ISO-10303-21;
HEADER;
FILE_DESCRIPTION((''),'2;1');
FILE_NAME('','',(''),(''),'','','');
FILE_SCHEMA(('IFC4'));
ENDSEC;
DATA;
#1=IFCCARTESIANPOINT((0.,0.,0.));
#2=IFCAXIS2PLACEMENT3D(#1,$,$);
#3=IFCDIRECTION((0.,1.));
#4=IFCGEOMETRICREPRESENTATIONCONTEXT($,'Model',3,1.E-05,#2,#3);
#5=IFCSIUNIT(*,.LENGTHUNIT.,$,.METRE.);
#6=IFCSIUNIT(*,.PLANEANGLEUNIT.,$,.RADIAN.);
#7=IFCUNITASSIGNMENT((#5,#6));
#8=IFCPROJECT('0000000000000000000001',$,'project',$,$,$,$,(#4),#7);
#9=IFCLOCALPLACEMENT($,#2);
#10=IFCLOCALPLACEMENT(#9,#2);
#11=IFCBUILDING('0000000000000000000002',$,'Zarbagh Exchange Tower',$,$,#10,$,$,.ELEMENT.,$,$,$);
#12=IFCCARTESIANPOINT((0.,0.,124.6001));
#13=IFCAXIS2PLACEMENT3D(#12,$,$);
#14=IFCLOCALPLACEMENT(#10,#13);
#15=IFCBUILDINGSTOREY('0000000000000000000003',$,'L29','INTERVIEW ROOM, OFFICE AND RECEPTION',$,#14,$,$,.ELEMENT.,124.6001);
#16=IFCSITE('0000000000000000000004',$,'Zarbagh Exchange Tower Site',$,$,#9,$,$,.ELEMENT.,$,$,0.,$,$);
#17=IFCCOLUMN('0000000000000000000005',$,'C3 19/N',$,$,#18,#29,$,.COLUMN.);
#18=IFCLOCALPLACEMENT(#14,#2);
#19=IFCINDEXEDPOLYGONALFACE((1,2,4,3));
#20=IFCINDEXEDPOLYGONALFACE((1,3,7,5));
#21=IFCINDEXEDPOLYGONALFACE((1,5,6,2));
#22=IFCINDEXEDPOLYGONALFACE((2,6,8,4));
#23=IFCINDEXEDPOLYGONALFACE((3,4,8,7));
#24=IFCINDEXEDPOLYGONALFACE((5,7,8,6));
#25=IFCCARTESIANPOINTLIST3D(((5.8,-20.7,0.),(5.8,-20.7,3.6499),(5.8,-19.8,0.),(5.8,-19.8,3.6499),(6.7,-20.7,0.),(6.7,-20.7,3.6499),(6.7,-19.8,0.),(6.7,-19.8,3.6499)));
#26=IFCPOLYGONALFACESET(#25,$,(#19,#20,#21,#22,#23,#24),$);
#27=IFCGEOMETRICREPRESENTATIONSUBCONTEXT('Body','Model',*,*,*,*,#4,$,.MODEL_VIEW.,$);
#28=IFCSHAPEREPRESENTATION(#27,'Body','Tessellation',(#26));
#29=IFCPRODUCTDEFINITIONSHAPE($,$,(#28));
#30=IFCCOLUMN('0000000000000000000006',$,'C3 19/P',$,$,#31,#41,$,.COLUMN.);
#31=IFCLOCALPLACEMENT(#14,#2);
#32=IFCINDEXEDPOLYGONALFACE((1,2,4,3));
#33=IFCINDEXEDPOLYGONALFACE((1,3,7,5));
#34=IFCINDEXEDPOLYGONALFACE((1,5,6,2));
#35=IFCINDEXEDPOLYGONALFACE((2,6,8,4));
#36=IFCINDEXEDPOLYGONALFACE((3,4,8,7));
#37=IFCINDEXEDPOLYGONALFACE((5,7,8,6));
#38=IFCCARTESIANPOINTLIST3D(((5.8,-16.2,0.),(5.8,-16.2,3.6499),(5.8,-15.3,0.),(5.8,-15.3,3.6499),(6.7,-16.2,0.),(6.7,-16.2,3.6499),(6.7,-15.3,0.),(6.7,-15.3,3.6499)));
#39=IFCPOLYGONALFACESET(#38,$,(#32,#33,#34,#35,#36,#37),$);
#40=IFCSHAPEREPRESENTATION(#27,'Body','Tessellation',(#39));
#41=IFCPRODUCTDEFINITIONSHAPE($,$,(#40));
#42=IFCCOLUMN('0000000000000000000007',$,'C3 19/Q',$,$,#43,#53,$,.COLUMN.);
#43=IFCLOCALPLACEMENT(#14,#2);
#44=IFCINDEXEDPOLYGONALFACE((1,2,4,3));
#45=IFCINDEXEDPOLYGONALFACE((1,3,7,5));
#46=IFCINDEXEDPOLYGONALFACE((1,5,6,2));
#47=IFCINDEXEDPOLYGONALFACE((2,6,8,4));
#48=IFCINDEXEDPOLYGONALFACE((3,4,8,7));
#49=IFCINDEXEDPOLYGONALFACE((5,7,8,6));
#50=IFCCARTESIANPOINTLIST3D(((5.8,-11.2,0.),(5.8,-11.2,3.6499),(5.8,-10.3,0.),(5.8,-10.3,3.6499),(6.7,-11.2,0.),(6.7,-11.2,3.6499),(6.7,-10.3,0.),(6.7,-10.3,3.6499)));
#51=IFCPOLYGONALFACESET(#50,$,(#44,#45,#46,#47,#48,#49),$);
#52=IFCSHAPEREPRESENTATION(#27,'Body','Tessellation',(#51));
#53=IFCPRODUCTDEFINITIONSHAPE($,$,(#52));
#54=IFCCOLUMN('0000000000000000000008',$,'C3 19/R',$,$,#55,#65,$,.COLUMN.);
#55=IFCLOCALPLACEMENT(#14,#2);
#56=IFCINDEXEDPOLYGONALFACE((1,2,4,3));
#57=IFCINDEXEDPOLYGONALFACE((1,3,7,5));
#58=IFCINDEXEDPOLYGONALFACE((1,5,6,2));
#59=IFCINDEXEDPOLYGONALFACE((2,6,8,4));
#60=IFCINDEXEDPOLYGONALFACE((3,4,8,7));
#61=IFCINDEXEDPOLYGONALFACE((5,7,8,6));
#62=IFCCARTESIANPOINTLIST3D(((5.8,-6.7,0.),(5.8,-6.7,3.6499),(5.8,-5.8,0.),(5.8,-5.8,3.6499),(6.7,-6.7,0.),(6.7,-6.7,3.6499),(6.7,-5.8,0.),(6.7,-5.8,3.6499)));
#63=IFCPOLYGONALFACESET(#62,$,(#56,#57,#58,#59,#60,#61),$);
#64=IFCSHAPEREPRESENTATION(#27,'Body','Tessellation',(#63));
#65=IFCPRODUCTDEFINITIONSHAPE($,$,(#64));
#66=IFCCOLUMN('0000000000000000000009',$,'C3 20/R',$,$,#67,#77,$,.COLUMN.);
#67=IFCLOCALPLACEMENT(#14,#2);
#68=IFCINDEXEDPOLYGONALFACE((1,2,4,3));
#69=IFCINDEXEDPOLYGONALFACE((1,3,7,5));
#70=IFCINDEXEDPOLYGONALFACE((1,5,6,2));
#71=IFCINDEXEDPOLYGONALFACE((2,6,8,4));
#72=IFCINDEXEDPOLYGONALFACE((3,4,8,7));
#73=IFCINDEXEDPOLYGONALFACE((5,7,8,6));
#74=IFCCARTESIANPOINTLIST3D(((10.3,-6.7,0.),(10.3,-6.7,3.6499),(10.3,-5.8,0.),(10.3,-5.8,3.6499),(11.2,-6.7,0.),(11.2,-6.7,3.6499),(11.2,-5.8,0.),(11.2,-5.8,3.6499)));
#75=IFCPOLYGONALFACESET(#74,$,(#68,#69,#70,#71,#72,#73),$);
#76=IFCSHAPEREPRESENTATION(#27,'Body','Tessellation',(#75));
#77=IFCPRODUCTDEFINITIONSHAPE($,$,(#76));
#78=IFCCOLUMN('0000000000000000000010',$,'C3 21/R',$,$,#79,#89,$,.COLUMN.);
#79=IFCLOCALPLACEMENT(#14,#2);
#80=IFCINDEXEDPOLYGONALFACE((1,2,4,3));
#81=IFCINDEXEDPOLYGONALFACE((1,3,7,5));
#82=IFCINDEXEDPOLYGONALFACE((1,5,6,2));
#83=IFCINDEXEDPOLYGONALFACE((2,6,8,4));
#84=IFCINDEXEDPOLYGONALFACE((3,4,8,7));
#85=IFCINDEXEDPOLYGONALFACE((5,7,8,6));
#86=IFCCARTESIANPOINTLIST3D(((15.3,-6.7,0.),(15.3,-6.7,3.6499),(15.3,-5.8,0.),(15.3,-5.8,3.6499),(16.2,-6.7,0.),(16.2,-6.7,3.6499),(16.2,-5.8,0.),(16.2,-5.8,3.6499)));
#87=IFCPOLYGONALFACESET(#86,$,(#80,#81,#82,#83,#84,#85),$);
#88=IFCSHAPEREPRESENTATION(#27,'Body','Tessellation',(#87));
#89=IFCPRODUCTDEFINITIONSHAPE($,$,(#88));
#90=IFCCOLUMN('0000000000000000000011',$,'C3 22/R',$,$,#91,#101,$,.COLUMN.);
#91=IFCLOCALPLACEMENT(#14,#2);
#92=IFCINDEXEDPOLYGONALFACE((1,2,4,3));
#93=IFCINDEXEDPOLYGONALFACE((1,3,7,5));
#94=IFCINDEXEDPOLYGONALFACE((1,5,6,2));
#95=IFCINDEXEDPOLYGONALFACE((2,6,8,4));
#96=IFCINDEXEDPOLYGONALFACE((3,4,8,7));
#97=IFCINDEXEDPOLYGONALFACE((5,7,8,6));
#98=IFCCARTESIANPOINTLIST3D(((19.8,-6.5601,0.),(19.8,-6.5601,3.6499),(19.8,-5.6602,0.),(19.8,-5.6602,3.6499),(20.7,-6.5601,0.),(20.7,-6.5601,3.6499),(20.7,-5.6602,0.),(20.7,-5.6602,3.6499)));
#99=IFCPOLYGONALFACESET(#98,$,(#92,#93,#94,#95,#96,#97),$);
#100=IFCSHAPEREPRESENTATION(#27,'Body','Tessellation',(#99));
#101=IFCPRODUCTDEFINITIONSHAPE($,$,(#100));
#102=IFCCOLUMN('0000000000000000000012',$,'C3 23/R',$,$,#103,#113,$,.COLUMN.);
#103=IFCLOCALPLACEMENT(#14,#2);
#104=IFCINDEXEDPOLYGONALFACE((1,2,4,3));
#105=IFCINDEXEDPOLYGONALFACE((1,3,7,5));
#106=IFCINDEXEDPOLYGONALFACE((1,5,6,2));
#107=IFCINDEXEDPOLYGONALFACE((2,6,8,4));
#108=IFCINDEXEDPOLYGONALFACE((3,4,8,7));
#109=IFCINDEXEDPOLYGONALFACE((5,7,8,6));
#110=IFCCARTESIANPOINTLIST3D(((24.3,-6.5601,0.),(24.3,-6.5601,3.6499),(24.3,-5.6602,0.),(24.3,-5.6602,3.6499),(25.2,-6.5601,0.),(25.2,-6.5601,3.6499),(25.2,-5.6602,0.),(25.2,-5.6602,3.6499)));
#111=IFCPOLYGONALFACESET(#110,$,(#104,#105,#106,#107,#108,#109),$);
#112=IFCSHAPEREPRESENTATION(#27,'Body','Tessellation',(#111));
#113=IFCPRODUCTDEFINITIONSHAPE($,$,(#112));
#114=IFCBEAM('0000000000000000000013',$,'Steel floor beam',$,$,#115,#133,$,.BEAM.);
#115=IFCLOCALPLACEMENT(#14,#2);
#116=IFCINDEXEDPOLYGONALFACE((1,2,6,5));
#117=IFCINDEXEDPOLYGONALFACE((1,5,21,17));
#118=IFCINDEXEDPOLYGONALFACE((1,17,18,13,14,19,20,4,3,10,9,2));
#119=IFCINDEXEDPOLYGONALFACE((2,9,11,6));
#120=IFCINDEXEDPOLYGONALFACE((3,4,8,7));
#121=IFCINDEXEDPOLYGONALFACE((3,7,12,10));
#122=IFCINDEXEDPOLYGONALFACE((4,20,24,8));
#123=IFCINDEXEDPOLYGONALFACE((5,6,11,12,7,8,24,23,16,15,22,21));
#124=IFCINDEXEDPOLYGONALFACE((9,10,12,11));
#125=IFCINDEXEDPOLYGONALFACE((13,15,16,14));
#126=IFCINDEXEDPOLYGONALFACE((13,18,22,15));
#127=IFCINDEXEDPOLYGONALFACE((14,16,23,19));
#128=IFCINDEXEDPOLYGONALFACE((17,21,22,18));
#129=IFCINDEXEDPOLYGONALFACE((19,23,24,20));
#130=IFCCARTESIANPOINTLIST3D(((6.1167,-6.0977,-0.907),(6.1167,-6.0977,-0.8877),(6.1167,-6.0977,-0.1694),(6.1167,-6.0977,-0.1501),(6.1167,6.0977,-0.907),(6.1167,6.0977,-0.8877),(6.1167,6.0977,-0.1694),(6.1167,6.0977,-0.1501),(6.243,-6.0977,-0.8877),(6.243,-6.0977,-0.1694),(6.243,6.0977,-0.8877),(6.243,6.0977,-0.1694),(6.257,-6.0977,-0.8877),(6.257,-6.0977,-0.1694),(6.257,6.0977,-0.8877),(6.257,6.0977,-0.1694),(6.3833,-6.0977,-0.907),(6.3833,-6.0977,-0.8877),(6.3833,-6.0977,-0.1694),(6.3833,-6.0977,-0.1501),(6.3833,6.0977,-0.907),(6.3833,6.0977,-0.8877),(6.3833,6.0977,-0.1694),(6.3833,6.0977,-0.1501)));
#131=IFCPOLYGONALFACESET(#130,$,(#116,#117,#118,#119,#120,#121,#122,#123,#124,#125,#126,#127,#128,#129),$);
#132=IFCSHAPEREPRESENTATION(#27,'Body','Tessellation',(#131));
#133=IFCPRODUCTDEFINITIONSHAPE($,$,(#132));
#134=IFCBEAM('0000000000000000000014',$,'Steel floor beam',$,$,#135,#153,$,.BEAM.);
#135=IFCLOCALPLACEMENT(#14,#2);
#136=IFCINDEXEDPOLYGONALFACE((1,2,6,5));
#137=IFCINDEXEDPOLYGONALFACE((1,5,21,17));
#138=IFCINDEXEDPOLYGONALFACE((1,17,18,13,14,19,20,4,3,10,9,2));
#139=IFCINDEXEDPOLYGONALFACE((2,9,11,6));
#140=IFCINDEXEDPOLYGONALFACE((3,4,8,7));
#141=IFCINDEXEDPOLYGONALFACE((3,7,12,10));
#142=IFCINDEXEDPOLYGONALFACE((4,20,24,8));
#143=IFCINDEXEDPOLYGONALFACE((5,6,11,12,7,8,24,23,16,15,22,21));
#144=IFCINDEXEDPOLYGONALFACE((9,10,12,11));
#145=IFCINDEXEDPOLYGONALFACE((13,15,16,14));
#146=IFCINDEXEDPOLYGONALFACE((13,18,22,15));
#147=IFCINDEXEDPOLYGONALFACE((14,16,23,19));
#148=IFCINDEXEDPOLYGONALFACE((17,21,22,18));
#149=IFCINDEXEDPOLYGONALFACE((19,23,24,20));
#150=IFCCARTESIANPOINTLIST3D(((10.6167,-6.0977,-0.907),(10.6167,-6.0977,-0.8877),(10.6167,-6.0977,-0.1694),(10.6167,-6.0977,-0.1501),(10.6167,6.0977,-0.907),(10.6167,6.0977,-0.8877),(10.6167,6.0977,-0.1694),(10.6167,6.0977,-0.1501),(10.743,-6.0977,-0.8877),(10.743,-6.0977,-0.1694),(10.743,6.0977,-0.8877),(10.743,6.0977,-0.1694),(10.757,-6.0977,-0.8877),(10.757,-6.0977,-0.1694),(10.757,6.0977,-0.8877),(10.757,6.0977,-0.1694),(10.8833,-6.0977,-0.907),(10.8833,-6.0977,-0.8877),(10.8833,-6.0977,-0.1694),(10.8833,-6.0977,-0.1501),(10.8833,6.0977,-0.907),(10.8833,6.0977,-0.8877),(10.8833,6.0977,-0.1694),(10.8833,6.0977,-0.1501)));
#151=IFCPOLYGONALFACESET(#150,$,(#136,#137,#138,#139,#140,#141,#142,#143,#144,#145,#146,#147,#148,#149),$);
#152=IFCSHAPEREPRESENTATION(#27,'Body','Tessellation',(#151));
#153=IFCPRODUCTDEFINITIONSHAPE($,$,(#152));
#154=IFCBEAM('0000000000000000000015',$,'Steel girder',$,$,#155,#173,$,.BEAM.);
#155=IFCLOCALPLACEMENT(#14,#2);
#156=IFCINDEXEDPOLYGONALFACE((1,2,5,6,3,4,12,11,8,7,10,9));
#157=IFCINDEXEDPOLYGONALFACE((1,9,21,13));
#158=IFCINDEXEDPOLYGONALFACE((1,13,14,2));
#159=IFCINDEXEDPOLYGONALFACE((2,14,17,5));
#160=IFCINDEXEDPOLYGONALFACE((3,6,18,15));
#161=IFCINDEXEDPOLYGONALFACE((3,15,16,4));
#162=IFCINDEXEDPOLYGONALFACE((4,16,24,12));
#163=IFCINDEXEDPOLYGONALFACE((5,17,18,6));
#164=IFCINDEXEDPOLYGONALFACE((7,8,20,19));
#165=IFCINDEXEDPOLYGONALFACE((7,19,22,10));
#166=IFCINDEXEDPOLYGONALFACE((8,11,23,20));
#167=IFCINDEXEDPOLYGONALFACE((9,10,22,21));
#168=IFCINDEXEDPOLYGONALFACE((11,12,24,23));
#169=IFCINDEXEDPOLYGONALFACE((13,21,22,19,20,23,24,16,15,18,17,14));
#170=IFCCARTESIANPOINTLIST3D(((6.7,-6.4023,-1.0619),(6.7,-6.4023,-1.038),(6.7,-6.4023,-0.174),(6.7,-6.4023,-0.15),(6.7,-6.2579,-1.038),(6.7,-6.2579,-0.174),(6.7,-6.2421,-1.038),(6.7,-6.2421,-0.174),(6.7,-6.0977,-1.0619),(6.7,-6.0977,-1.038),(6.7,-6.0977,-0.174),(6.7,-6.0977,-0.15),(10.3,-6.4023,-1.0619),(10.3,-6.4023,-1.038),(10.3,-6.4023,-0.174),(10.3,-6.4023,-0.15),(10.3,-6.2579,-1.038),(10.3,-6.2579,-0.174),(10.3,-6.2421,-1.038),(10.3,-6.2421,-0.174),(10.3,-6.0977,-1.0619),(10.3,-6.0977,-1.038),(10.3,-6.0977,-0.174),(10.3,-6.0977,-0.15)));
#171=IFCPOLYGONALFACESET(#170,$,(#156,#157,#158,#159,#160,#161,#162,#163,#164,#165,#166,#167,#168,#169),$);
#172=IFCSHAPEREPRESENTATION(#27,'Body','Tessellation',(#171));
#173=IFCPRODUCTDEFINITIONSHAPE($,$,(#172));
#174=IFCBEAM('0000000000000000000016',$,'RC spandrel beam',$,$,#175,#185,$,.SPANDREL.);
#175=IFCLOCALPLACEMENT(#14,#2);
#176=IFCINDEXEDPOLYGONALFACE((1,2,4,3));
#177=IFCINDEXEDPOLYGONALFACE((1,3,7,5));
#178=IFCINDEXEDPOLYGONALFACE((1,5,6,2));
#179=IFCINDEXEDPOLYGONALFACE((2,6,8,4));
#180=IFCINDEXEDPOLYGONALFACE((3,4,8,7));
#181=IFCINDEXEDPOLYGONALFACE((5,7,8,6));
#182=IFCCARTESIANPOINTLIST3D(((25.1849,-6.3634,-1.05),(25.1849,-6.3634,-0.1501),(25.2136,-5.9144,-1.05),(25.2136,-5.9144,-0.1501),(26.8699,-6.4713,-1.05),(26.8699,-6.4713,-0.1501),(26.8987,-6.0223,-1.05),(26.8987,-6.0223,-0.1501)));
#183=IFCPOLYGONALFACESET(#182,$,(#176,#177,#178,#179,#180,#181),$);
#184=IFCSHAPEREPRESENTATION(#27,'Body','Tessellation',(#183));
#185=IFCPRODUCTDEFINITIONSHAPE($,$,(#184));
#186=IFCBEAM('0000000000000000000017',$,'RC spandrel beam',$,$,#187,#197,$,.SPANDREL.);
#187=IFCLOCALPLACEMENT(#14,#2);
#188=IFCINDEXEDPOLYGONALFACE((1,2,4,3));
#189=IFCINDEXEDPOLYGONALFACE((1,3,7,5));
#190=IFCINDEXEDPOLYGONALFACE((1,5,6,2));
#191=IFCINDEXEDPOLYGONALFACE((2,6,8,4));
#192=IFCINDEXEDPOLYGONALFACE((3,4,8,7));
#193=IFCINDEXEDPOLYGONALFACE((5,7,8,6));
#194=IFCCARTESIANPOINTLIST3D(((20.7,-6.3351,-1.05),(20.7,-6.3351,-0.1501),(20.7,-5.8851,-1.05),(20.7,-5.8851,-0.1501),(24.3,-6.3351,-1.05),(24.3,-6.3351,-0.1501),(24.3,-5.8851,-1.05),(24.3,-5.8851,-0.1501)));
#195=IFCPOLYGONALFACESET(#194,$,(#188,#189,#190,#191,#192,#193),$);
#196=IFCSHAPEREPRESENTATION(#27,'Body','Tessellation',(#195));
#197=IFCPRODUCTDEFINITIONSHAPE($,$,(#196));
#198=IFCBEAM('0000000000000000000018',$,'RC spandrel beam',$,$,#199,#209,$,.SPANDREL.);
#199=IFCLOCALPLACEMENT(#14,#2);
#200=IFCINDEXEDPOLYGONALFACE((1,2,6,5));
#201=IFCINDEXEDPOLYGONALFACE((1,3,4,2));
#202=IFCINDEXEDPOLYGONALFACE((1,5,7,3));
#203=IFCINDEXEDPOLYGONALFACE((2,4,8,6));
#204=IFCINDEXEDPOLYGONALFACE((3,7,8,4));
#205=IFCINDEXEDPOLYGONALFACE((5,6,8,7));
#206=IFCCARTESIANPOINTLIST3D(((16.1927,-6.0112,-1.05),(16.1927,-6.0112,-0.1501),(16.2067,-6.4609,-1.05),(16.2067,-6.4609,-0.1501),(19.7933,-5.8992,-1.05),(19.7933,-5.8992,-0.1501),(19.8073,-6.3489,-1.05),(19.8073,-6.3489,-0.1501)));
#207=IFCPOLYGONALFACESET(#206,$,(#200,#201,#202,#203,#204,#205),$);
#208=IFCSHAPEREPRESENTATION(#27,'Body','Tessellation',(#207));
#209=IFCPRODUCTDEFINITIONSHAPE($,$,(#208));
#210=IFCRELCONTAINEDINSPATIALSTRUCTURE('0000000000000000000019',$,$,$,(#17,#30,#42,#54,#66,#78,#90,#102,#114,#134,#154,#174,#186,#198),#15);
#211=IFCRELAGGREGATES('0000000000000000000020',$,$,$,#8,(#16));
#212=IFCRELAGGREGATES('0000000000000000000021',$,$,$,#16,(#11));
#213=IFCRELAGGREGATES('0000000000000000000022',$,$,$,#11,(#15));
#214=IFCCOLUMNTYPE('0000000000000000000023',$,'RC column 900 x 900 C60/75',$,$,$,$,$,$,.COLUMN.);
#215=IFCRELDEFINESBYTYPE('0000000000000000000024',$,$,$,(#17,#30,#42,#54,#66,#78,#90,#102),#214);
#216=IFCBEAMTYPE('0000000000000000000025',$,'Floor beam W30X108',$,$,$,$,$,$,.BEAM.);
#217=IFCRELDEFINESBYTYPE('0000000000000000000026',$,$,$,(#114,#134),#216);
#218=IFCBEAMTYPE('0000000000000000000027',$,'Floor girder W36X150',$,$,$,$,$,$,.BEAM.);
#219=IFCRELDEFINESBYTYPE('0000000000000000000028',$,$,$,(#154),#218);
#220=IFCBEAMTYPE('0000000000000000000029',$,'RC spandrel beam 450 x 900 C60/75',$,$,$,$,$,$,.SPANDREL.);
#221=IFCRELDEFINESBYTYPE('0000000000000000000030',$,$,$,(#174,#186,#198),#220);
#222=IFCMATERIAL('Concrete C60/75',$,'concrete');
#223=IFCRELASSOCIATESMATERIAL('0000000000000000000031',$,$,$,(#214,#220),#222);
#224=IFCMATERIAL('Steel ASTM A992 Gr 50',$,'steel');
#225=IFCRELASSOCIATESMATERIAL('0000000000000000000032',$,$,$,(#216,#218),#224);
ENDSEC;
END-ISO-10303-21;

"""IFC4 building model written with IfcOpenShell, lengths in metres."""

from ifc_helpers import new_model, si_unit, direction, frame, origin, origin_2d, place, context, subcontext, project, spatial, rectangle, i_section, extrude, material, material_profile, profile_set, type_object, element, save


model = new_model("IFC4")

# Units and contexts
model_context = context("Model", 3, precision=1e-05, world=origin(), true_north=direction((0.0, 1.0)))
body_context = subcontext(model_context, "Body", "Model", "MODEL_VIEW")
ifc_project = project(units=[si_unit("LENGTHUNIT", "METRE"), si_unit("PLANEANGLEUNIT", "RADIAN")], contexts=[model_context])

# Site, building, storey
site_placement = place(None, origin())
site = spatial("IfcSite", under=ifc_project, at=site_placement, Name="Zarbagh Exchange Tower Site", CompositionType="ELEMENT", RefElevation=0.0)
building_placement = place(site_placement, origin())
building = spatial("IfcBuilding", under=site, at=building_placement, Name="Zarbagh Exchange Tower", CompositionType="ELEMENT")
storey_placement = place(building_placement, frame((0.0, 0.0, 124.6001)))
storey = spatial("IfcBuildingStorey", under=building, at=storey_placement, Name="L29", Description="INTERVIEW ROOM, OFFICE AND RECEPTION", CompositionType="ELEMENT", Elevation=124.6001)

# Columns
ifc_material_1 = material(Name="Concrete C60/75", Category="concrete")
ifc_material_profile_1 = material_profile(ifc_material_1, rectangle(XDim=0.8999, YDim=0.8999, at=origin_2d()), Name="RC column 900 x 900 C60/75")
ifc_profile_set_1 = profile_set([ifc_material_profile_1], Name="Concrete C60/75")
column_type = type_object("IfcColumnType", Name="RC column 900 x 900 C60/75", PredefinedType="COLUMN", material=ifc_profile_set_1)
for number, where, z_axis, x_axis, name in (
    (1, (6.25, -20.25, 0.0), (0.0, 0.0, 1.0), (1.0, 0.0, 0.0), "C3 19/N"),
    (2, (6.25, -15.75, 0.0), (0.0, 0.0, 1.0), (1.0, 0.0, 0.0), "C3 19/P"),
    (3, (6.25, -10.75, 0.0), (0.0, 0.0, 1.0), (1.0, 0.0, 0.0), "C3 19/Q"),
    (4, (6.25, -6.25, 0.0), (0.0, 0.0, 1.0), (1.0, 0.0, 0.0), "C3 19/R"),
    (5, (10.75, -6.25, 0.0), (0.0, 0.0, 1.0), (1.0, 0.0, 0.0), "C3 20/R"),
    (6, (15.75, -6.25, 0.0), (0.0, 0.0, 1.0), (1.0, 0.0, 0.0), "C3 21/R"),
    (7, (20.25, -6.1101, 0.0), (0.0, 0.0, 1.0), (1.0, 0.0, 0.0), "C3 22/R"),
    (8, (24.75, -6.1101, 0.0), (0.0, 0.0, 1.0), (1.0, 0.0, 0.0), "C3 23/R"),
):
    element("IfcColumn", number, at=place(storey_placement, frame(where, z_axis=z_axis, x_axis=x_axis)), inside=storey, type_object=column_type, Name=name, PredefinedType="COLUMN", context=body_context, shape_type="SweptSolid", body=[
        extrude(rectangle(XDim=0.8999, YDim=0.8999, at=origin_2d()), origin(), (0.0, 0.0, 1.0), 3.6499),
    ])

# Beams
ifc_material_2 = material(Name="Steel ASTM A992 Gr 50", Category="steel")
ifc_material_profile_2 = material_profile(ifc_material_2, i_section(OverallWidth=0.2666, OverallDepth=0.7568, WebThickness=0.0139, FlangeThickness=0.0193, at=origin_2d()), Name="W30X108")
ifc_profile_set_2 = profile_set([ifc_material_profile_2], Name="Steel ASTM A992 Gr 50")
beam_type_1 = type_object("IfcBeamType", Name="Floor beam W30X108", PredefinedType="BEAM", material=ifc_profile_set_2)
for number, where, z_axis, x_axis, name in (
    (9, (6.25, -6.0977, -0.5286), (0.0, 1.0, 0.0), (-1.0, 0.0, 0.0), "Steel floor beam"),
    (10, (10.75, -6.0977, -0.5286), (0.0, 1.0, 0.0), (-1.0, 0.0, 0.0), "Steel floor beam"),
):
    element("IfcBeam", number, at=place(storey_placement, frame(where, z_axis=z_axis, x_axis=x_axis)), inside=storey, type_object=beam_type_1, Name=name, PredefinedType="BEAM", context=body_context, shape_type="SweptSolid", body=[
        extrude(i_section(OverallWidth=0.2666, OverallDepth=0.7568, WebThickness=0.0139, FlangeThickness=0.0193, at=origin_2d()), origin(), (0.0, 0.0, 1.0), 12.1953),
    ])
ifc_material_profile_3 = material_profile(ifc_material_2, i_section(OverallWidth=0.3047, OverallDepth=0.9119, WebThickness=0.0159, FlangeThickness=0.0239, at=origin_2d()), Name="W36X150")
ifc_profile_set_3 = profile_set([ifc_material_profile_3], Name="Steel ASTM A992 Gr 50")
beam_type_2 = type_object("IfcBeamType", Name="Floor girder W36X150", PredefinedType="BEAM", material=ifc_profile_set_3)
beam_1_placement = place(storey_placement, frame((6.7, -6.25, -0.606), z_axis=(1.0, 0.0, 0.0), x_axis=(0.0, 1.0, 0.0)))
element("IfcBeam", 11, at=beam_1_placement, inside=storey, type_object=beam_type_2, Name="Steel girder", PredefinedType="BEAM", context=body_context, shape_type="SweptSolid", body=[
    extrude(i_section(OverallWidth=0.3047, OverallDepth=0.9119, WebThickness=0.0159, FlangeThickness=0.0239, at=origin_2d()), origin(), (0.0, 0.0, 1.0), 3.6001),
])
ifc_material_profile_4 = material_profile(ifc_material_1, rectangle(XDim=0.45, YDim=0.8999, at=origin_2d()), Name="RC spandrel beam 450 x 900 C60/75")
ifc_profile_set_4 = profile_set([ifc_material_profile_4], Name="Concrete C60/75")
beam_type_3 = type_object("IfcBeamType", Name="RC spandrel beam 450 x 900 C60/75", PredefinedType="SPANDREL", material=ifc_profile_set_4)
beam_2_placement = place(storey_placement, frame((26.8843, -6.2468, -0.6001), z_axis=(-0.997956, 0.063908, 0.0), x_axis=(-0.063908, -0.997956, 0.0)))
element("IfcBeam", 12, at=beam_2_placement, inside=storey, type_object=beam_type_3, Name="RC spandrel beam", PredefinedType="SPANDREL", context=body_context, shape_type="SweptSolid", body=[
    extrude(rectangle(XDim=0.45, YDim=0.8999, at=origin_2d()), origin(), (0.0, 0.0, 1.0), 1.6885),
])
beam_3_placement = place(storey_placement, frame((24.3, -6.1101, -0.6001), z_axis=(-1.0, 0.0, 0.0), x_axis=(0.0, -1.0, 0.0)))
element("IfcBeam", 13, at=beam_3_placement, inside=storey, type_object=beam_type_3, Name="RC spandrel beam", PredefinedType="SPANDREL", context=body_context, shape_type="SweptSolid", body=[
    extrude(rectangle(XDim=0.45, YDim=0.8999, at=origin_2d()), origin(), (0.0, 0.0, 1.0), 3.6001),
])
beam_4_placement = place(storey_placement, frame((19.8003, -6.124, -0.6001), z_axis=(-0.999516, -0.031108, 0.0), x_axis=(0.031108, -0.999516, 0.0)))
element("IfcBeam", 14, at=beam_4_placement, inside=storey, type_object=beam_type_3, Name="RC spandrel beam", PredefinedType="SPANDREL", context=body_context, shape_type="SweptSolid", body=[
    extrude(rectangle(XDim=0.45, YDim=0.8999, at=origin_2d()), origin(), (0.0, 0.0, 1.0), 3.6023),
])

save(model, "model.ifc")
